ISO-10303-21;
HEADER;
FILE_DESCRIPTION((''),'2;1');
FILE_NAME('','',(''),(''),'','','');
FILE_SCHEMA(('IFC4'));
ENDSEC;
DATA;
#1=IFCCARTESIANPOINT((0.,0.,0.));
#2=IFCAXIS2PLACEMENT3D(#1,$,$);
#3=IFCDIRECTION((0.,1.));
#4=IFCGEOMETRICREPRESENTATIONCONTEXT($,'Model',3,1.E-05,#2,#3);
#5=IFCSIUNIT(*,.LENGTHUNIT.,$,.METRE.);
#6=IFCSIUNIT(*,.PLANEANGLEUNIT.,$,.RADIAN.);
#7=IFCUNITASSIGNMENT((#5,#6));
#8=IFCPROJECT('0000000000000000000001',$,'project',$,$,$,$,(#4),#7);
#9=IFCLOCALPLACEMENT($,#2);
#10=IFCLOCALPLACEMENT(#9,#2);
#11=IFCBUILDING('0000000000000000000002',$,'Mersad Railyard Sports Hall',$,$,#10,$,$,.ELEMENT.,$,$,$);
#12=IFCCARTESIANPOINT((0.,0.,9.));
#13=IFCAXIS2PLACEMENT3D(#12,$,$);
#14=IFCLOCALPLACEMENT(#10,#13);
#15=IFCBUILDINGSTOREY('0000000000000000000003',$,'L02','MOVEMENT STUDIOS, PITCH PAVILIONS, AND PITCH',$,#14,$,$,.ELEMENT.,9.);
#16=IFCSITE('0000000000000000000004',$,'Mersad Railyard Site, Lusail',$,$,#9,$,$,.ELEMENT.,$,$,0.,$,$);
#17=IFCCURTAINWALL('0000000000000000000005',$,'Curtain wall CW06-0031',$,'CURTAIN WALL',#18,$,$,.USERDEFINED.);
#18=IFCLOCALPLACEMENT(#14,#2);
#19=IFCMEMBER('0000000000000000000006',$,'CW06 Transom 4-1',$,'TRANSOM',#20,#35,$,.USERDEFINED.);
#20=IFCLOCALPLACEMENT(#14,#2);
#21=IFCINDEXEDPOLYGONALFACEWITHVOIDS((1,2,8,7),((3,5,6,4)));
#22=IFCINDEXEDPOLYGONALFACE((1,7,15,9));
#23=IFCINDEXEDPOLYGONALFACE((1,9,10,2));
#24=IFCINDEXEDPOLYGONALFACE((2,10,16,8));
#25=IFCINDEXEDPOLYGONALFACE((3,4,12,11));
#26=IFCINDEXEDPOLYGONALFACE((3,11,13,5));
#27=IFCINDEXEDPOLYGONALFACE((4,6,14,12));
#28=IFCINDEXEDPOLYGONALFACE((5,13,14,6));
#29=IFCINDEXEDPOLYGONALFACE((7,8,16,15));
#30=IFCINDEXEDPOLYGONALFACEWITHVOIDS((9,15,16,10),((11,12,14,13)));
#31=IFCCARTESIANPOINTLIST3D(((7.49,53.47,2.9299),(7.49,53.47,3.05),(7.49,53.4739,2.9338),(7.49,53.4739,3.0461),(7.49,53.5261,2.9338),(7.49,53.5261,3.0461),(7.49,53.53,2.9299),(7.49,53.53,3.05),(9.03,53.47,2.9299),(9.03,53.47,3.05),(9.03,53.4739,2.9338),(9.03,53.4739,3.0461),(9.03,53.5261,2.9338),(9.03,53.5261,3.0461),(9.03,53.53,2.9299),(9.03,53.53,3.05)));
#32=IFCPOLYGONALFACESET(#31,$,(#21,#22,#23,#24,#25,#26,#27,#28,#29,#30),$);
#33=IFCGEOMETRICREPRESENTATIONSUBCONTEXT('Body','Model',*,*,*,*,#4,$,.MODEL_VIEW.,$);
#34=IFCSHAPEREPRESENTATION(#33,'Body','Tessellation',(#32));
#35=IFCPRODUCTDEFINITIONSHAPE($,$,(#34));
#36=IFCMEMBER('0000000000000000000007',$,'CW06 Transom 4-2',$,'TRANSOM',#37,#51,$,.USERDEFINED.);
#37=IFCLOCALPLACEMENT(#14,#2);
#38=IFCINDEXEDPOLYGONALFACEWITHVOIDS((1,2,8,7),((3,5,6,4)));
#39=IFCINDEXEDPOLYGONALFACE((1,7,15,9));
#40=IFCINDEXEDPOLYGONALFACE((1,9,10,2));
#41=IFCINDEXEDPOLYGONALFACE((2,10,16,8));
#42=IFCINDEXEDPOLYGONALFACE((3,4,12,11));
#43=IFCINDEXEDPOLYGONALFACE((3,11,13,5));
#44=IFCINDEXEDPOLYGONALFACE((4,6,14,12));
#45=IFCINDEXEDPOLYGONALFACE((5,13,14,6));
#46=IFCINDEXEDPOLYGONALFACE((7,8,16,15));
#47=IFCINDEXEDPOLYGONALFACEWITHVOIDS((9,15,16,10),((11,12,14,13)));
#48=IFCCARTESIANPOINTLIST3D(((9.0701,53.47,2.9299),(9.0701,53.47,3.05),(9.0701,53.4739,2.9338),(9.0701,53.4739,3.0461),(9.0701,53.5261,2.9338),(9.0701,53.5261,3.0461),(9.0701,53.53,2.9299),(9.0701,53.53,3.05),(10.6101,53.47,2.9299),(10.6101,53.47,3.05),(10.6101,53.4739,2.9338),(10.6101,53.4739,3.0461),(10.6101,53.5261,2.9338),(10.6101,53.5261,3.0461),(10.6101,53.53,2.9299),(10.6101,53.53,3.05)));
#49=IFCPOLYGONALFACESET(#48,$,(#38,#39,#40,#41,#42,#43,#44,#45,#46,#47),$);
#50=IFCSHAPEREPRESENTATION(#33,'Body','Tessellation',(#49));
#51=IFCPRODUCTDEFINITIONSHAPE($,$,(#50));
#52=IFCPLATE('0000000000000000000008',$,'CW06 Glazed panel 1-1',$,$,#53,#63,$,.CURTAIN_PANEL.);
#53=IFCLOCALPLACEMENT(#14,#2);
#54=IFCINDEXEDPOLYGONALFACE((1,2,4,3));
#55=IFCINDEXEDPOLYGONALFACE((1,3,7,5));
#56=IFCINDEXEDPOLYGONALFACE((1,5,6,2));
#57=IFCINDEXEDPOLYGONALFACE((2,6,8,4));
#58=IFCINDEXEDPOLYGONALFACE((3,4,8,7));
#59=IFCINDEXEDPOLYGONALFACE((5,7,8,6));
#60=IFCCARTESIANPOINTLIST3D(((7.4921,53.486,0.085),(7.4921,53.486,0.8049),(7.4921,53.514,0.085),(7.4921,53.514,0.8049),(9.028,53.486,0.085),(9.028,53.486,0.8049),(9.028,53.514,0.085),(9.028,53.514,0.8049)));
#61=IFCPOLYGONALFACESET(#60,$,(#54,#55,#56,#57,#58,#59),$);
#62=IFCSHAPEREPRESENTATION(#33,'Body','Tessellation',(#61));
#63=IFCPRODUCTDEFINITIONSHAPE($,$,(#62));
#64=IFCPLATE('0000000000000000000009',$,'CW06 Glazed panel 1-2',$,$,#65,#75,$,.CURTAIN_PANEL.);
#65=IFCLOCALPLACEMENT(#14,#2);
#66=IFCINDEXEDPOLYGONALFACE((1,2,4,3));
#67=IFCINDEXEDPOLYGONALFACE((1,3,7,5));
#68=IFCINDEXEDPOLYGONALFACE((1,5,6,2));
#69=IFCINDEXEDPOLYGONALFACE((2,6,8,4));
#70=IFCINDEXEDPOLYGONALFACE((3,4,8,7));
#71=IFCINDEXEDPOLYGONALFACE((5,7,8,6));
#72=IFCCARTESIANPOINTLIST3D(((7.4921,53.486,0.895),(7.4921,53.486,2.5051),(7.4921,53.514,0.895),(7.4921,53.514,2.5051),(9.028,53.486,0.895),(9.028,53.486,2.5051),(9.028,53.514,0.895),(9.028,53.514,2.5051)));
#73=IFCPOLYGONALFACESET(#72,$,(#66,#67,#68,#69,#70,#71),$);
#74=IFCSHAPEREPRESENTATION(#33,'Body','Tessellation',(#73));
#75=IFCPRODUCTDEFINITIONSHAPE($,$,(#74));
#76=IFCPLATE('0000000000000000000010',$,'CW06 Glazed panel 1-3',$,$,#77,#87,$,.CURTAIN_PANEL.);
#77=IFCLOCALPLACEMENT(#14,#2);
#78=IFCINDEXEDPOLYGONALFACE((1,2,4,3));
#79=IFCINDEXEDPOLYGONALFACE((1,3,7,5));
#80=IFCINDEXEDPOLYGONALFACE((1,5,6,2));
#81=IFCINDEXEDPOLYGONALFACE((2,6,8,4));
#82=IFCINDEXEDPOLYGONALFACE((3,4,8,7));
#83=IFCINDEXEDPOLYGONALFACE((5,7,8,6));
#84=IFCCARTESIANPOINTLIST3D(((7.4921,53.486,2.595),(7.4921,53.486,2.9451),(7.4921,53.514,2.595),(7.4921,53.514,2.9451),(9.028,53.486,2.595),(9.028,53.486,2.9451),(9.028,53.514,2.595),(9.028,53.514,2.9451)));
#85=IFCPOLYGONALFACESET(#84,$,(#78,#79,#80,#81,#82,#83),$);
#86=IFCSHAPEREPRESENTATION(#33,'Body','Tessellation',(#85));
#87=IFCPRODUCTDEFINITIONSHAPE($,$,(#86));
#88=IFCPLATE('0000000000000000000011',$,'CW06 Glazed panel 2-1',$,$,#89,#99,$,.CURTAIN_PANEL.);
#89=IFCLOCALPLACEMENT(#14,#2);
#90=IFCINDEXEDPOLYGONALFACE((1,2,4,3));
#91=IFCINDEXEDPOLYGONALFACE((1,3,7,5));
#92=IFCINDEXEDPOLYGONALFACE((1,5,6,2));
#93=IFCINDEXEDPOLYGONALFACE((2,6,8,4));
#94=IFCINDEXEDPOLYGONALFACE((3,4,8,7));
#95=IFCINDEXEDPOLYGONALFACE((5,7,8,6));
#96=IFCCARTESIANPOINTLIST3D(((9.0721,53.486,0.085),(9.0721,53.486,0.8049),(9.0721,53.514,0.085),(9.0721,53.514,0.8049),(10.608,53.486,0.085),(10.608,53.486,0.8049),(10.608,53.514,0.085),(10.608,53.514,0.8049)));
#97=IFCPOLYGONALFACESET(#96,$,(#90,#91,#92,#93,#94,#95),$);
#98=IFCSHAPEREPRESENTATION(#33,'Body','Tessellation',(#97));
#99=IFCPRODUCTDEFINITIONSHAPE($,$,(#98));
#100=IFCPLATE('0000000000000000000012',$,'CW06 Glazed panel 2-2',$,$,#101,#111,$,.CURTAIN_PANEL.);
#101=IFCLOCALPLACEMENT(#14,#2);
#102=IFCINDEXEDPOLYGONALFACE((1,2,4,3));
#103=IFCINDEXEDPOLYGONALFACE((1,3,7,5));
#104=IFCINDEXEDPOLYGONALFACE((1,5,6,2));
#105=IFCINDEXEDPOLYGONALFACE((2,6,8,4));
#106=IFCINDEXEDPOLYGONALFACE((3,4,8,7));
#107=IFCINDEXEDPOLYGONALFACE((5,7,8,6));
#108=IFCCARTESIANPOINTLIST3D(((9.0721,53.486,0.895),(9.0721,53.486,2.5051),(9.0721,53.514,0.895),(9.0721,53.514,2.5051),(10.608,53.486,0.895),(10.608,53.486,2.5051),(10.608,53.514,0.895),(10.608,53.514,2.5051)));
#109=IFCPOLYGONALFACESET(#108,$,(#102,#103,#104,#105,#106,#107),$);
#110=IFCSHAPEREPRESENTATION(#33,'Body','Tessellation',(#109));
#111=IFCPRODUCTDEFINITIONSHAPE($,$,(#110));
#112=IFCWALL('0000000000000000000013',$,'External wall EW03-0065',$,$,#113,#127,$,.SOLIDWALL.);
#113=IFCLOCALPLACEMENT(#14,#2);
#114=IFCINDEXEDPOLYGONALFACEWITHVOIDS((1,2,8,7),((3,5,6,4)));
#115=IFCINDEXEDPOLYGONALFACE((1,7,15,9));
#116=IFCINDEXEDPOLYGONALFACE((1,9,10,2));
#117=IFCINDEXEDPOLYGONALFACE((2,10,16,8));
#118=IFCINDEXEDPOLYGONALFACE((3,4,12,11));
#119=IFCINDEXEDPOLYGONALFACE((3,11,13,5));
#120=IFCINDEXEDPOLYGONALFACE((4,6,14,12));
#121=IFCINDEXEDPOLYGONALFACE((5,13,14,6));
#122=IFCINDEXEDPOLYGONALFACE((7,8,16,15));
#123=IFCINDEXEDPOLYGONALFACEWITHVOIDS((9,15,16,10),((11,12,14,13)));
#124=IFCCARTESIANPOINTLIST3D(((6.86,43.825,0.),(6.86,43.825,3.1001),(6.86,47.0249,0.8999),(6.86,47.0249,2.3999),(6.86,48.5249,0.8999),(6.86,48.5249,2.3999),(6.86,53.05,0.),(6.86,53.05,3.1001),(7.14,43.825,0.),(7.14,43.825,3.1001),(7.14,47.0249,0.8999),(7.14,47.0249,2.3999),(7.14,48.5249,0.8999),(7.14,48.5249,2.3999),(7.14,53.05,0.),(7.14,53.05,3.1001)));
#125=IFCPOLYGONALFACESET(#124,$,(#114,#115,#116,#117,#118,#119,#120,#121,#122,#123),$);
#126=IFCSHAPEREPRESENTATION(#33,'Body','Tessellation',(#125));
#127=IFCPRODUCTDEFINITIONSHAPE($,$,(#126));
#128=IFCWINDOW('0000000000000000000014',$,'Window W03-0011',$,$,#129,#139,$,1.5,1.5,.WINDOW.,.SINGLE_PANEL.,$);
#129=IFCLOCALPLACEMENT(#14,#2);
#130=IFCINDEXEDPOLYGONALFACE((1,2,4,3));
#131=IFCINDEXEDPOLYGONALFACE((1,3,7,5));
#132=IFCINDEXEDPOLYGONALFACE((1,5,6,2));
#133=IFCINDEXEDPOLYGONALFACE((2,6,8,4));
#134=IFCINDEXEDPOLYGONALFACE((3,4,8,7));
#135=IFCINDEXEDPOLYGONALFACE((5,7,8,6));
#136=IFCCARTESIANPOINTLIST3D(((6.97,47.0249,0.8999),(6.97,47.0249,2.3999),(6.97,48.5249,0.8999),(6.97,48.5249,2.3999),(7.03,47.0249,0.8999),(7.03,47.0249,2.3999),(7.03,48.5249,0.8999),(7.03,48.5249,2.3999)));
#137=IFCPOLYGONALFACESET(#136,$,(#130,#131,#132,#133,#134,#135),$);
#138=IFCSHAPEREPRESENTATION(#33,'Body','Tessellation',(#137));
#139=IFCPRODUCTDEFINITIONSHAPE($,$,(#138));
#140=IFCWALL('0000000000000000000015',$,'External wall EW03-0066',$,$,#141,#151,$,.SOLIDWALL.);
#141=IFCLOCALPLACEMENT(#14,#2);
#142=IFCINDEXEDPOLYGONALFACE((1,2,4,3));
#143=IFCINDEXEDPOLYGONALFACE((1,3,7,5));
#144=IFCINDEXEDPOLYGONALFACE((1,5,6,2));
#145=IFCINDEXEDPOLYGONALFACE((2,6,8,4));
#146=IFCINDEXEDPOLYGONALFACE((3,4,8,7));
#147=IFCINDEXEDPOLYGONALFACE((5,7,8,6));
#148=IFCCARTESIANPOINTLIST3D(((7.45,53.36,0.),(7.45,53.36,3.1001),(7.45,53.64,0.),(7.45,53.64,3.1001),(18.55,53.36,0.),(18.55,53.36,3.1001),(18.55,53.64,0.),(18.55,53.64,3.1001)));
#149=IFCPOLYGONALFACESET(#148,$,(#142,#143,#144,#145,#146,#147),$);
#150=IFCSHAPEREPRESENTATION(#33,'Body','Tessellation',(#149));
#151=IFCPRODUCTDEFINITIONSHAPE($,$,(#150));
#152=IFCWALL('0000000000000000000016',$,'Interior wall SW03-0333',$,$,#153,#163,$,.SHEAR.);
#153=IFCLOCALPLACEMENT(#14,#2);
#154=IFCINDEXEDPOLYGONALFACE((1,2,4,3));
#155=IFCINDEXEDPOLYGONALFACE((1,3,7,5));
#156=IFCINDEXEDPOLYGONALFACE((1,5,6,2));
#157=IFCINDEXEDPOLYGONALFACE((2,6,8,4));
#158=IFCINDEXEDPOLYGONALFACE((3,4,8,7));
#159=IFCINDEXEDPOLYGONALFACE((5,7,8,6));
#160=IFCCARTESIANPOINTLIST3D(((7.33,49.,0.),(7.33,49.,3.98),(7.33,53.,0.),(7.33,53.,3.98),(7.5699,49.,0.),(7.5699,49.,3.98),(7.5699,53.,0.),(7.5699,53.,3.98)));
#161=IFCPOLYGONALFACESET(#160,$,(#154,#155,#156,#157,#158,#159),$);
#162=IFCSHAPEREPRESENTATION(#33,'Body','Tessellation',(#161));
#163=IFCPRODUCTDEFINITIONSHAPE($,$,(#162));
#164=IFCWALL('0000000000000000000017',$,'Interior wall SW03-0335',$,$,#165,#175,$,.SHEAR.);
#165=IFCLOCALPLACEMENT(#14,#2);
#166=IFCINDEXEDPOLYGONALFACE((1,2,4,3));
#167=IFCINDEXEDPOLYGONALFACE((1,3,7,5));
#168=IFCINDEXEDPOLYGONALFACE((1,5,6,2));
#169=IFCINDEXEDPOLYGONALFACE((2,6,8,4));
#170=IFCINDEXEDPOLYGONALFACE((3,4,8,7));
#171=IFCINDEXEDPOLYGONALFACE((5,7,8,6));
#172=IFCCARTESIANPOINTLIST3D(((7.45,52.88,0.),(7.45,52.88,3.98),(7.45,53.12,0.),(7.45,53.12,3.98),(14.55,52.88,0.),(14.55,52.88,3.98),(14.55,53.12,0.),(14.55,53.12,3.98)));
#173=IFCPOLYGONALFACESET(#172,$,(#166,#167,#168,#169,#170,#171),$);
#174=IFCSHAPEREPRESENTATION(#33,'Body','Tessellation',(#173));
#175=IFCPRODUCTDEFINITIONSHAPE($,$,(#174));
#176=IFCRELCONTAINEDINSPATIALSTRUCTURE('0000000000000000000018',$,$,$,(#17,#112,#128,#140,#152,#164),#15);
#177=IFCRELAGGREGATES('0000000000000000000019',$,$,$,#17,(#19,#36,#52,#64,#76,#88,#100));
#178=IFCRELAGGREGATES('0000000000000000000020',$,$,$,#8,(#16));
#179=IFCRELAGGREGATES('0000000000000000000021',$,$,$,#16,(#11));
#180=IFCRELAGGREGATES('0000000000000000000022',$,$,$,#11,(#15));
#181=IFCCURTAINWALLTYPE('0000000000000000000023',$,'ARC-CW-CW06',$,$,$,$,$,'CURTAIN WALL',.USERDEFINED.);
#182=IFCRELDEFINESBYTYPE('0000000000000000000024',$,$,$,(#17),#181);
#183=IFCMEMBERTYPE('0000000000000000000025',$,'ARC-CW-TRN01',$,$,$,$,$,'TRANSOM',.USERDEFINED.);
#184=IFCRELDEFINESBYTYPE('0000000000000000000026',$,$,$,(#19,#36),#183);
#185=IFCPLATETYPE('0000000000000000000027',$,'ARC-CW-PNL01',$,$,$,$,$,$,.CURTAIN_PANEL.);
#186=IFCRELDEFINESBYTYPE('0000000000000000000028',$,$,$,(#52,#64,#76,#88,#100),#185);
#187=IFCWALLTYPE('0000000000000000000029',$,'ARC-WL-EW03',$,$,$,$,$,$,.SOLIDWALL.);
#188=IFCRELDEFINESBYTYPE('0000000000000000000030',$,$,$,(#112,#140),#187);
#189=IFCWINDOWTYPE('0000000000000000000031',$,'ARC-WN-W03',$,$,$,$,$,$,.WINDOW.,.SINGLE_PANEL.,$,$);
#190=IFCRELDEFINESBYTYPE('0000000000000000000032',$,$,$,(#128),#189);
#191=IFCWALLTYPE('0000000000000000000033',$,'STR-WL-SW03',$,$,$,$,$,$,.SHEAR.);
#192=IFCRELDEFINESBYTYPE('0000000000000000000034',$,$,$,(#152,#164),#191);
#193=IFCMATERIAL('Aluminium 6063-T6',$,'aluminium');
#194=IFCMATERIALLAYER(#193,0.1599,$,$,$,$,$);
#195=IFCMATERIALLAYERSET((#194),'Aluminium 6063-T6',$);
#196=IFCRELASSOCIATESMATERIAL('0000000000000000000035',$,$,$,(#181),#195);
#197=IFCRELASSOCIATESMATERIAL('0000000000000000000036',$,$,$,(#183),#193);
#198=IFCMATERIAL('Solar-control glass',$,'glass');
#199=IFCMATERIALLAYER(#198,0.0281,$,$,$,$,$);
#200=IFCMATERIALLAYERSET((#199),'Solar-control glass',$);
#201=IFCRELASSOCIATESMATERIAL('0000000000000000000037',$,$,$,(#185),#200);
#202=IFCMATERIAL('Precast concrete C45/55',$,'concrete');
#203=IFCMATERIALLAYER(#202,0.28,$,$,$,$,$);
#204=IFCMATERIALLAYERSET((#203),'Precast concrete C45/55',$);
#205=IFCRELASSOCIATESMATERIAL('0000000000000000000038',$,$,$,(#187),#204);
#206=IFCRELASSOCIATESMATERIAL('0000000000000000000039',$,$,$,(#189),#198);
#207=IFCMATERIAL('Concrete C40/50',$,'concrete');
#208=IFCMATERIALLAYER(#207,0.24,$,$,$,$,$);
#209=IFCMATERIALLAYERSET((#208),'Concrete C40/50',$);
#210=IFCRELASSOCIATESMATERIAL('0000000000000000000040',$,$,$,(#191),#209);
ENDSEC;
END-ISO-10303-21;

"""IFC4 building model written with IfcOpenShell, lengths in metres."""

from ifc_helpers import new_model, si_unit, direction, frame, frame_2d, origin, origin_2d, place, context, subcontext, project, spatial, rectangle, hollow_rectangle, extrude, material, layer, layer_set, material_profile, profile_set, type_object, element, fill, aggregate, save


model = new_model("IFC4")

# Units and contexts
model_context = context("Model", 3, precision=1e-05, world=origin(), true_north=direction((0.0, 1.0)))
body_context = subcontext(model_context, "Body", "Model", "MODEL_VIEW")
ifc_project = project(units=[si_unit("LENGTHUNIT", "METRE"), si_unit("PLANEANGLEUNIT", "RADIAN")], contexts=[model_context])

# Site, building, storey
site_placement = place(None, origin())
site = spatial("IfcSite", under=ifc_project, at=site_placement, Name="Mersad Railyard Site, Lusail", CompositionType="ELEMENT", RefElevation=0.0)
building_placement = place(site_placement, origin())
building = spatial("IfcBuilding", under=site, at=building_placement, Name="Mersad Railyard Sports Hall", CompositionType="ELEMENT")
storey_placement = place(building_placement, frame((0.0, 0.0, 9.0)))
storey = spatial("IfcBuildingStorey", under=building, at=storey_placement, Name="L02", Description="MOVEMENT STUDIOS, PITCH PAVILIONS, AND PITCH", CompositionType="ELEMENT", Elevation=9.0)

# Curtain wall, members, plates
ifc_material_1 = material(Name="Aluminium 6063-T6", Category="aluminium")
ifc_layer_1 = layer(ifc_material_1, 0.1599)
ifc_layer_set_1 = layer_set([ifc_layer_1], Name="Aluminium 6063-T6")
curtain_wall_type = type_object("IfcCurtainWallType", Name="ARC-CW-CW06", ElementType="CURTAIN WALL", PredefinedType="USERDEFINED", material=ifc_layer_set_1)
curtain_wall_placement = place(storey_placement, origin())
curtain_wall = element("IfcCurtainWall", 1, at=curtain_wall_placement, inside=storey, type_object=curtain_wall_type, Name="Curtain wall CW06-0031", ObjectType="CURTAIN WALL", PredefinedType="USERDEFINED")
ifc_material_profile_1 = material_profile(ifc_material_1, hollow_rectangle(XDim=0.0601, YDim=0.1201, WallThickness=0.0039, at=origin_2d()), Name="AL TRANSOM 60x120x4")
ifc_profile_set_1 = profile_set([ifc_material_profile_1], Name="Aluminium 6063-T6")
member_type_1 = type_object("IfcMemberType", Name="ARC-CW-TRN01", ElementType="TRANSOM", PredefinedType="USERDEFINED", material=ifc_profile_set_1)
member_1_placement = place(storey_placement, frame((7.49, 53.5, 2.99), z_axis=(1.0, 0.0, 0.0), x_axis=(0.0, 1.0, 0.0)))
member_1 = element("IfcMember", 2, at=member_1_placement, type_object=member_type_1, Name="CW06 Transom 4-1", ObjectType="TRANSOM", PredefinedType="USERDEFINED", context=body_context, shape_type="SweptSolid", body=[
    extrude(hollow_rectangle(XDim=0.0601, YDim=0.1201, WallThickness=0.0039, at=origin_2d()), origin(), (0.0, 0.0, 1.0), 1.54),
])
member_2_placement = place(storey_placement, frame((9.0701, 53.5, 2.99), z_axis=(1.0, 0.0, 0.0), x_axis=(0.0, 1.0, 0.0)))
member_2 = element("IfcMember", 3, at=member_2_placement, type_object=member_type_1, Name="CW06 Transom 4-2", ObjectType="TRANSOM", PredefinedType="USERDEFINED", context=body_context, shape_type="SweptSolid", body=[
    extrude(hollow_rectangle(XDim=0.0601, YDim=0.1201, WallThickness=0.0039, at=origin_2d()), origin(), (0.0, 0.0, 1.0), 1.54),
])
ifc_material_2 = material(Name="Solar-control glass", Category="glass")
ifc_layer_2 = layer(ifc_material_2, 0.0281)
ifc_layer_set_2 = layer_set([ifc_layer_2], Name="Solar-control glass")
plate_type = type_object("IfcPlateType", Name="ARC-CW-PNL01", PredefinedType="CURTAIN_PANEL", material=ifc_layer_set_2)
plate_1_placement = place(storey_placement, frame((8.26, 53.5, 0.085), z_axis=(0.0, 0.0, 1.0), x_axis=(1.0, 0.0, 0.0)))
plate_1 = element("IfcPlate", 4, at=plate_1_placement, type_object=plate_type, Name="CW06 Glazed panel 1-1", PredefinedType="CURTAIN_PANEL", context=body_context, shape_type="SweptSolid", body=[
    extrude(rectangle(XDim=1.5359, YDim=0.0281, at=origin_2d()), origin(), (0.0, 0.0, 1.0), 0.72),
])
plate_2_placement = place(storey_placement, frame((8.26, 53.5, 0.895), z_axis=(0.0, 0.0, 1.0), x_axis=(1.0, 0.0, 0.0)))
plate_2 = element("IfcPlate", 5, at=plate_2_placement, type_object=plate_type, Name="CW06 Glazed panel 1-2", PredefinedType="CURTAIN_PANEL", context=body_context, shape_type="SweptSolid", body=[
    extrude(rectangle(XDim=1.5359, YDim=0.0281, at=origin_2d()), origin(), (0.0, 0.0, 1.0), 1.6101),
])
plate_3_placement = place(storey_placement, frame((8.26, 53.5, 2.595), z_axis=(0.0, 0.0, 1.0), x_axis=(1.0, 0.0, 0.0)))
plate_3 = element("IfcPlate", 6, at=plate_3_placement, type_object=plate_type, Name="CW06 Glazed panel 1-3", PredefinedType="CURTAIN_PANEL", context=body_context, shape_type="SweptSolid", body=[
    extrude(rectangle(XDim=1.5359, YDim=0.0281, at=origin_2d()), origin(), (0.0, 0.0, 1.0), 0.3501),
])
plate_4_placement = place(storey_placement, frame((9.8401, 53.5, 0.085), z_axis=(0.0, 0.0, 1.0), x_axis=(1.0, 0.0, 0.0)))
plate_4 = element("IfcPlate", 7, at=plate_4_placement, type_object=plate_type, Name="CW06 Glazed panel 2-1", PredefinedType="CURTAIN_PANEL", context=body_context, shape_type="SweptSolid", body=[
    extrude(rectangle(XDim=1.5359, YDim=0.0281, at=origin_2d()), origin(), (0.0, 0.0, 1.0), 0.72),
])
plate_5_placement = place(storey_placement, frame((9.8401, 53.5, 0.895), z_axis=(0.0, 0.0, 1.0), x_axis=(1.0, 0.0, 0.0)))
plate_5 = element("IfcPlate", 8, at=plate_5_placement, type_object=plate_type, Name="CW06 Glazed panel 2-2", PredefinedType="CURTAIN_PANEL", context=body_context, shape_type="SweptSolid", body=[
    extrude(rectangle(XDim=1.5359, YDim=0.0281, at=origin_2d()), origin(), (0.0, 0.0, 1.0), 1.6101),
])
aggregate(curtain_wall, [member_1, member_2, plate_1, plate_2, plate_3, plate_4, plate_5])

# Wall, opening, window
ifc_material_3 = material(Name="Precast concrete C45/55", Category="concrete")
ifc_layer_3 = layer(ifc_material_3, 0.28)
ifc_layer_set_3 = layer_set([ifc_layer_3], Name="Precast concrete C45/55")
wall_type_1 = type_object("IfcWallType", Name="ARC-WL-EW03", PredefinedType="SOLIDWALL", material=ifc_layer_set_3)
wall_1_placement = place(storey_placement, frame((7.0, 43.825, 0.0), z_axis=(0.0, 0.0, 1.0), x_axis=(0.0, 1.0, 0.0)))
wall_1 = element("IfcWall", 9, at=wall_1_placement, inside=storey, type_object=wall_type_1, Name="External wall EW03-0065", PredefinedType="SOLIDWALL", context=body_context, shape_type="SweptSolid", body=[
    extrude(rectangle(XDim=9.2251, YDim=0.28, at=frame_2d((4.6125, 0.0))), origin(), (0.0, 0.0, 1.0), 3.1001),
])
opening_1_placement = place(wall_1_placement, frame((3.2, 0.0, 0.8999)))
opening_1 = element("IfcOpeningElement", 10, at=opening_1_placement, cuts=wall_1, PredefinedType="OPENING", context=body_context, shape_type="SweptSolid", body=[
    extrude(rectangle(XDim=1.5, YDim=1.5, at=frame_2d((0.75, 0.75))), frame((0.0, 0.1499, 0.0), z_axis=(0.0, -1.0, 0.0), x_axis=(1.0, 0.0, 0.0)), (0.0, 0.0, 1.0), 0.3),
])
window_type = type_object("IfcWindowType", Name="ARC-WN-W03", PartitioningType="SINGLE_PANEL", PredefinedType="WINDOW", material=ifc_material_2)
window_placement = place(opening_1_placement, origin())
window = element("IfcWindow", 11, at=window_placement, inside=storey, type_object=window_type, Name="Window W03-0011", OverallHeight=1.5, OverallWidth=1.5, PartitioningType="SINGLE_PANEL", PredefinedType="WINDOW", context=body_context, shape_type="SweptSolid", body=[
    extrude(rectangle(XDim=1.5, YDim=1.5, at=frame_2d((0.75, 0.75))), frame((0.0, 0.03, 0.0), z_axis=(0.0, -1.0, 0.0), x_axis=(1.0, 0.0, 0.0)), (0.0, 0.0, 1.0), 0.0601),
])
fill(opening_1, window)

# Walls
wall_2_placement = place(storey_placement, frame((7.45, 53.5, 0.0), z_axis=(0.0, 0.0, 1.0), x_axis=(1.0, 0.0, 0.0)))
element("IfcWall", 12, at=wall_2_placement, inside=storey, type_object=wall_type_1, Name="External wall EW03-0066", PredefinedType="SOLIDWALL", context=body_context, shape_type="SweptSolid", body=[
    extrude(rectangle(XDim=11.1001, YDim=0.28, at=frame_2d((5.55, 0.0))), origin(), (0.0, 0.0, 1.0), 3.1001),
])
ifc_material_4 = material(Name="Concrete C40/50", Category="concrete")
ifc_layer_4 = layer(ifc_material_4, 0.24)
ifc_layer_set_4 = layer_set([ifc_layer_4], Name="Concrete C40/50")
wall_type_2 = type_object("IfcWallType", Name="STR-WL-SW03", PredefinedType="SHEAR", material=ifc_layer_set_4)
wall_3_placement = place(storey_placement, frame((7.45, 49.0, 0.0), z_axis=(0.0, 0.0, 1.0), x_axis=(0.0, 1.0, 0.0)))
element("IfcWall", 13, at=wall_3_placement, inside=storey, type_object=wall_type_2, Name="Interior wall SW03-0333", PredefinedType="SHEAR", context=body_context, shape_type="SweptSolid", body=[
    extrude(rectangle(XDim=4.0, YDim=0.24, at=frame_2d((2.0, 0.0))), origin(), (0.0, 0.0, 1.0), 3.98),
])
wall_4_placement = place(storey_placement, frame((7.45, 53.0, 0.0), z_axis=(0.0, 0.0, 1.0), x_axis=(1.0, 0.0, 0.0)))
element("IfcWall", 14, at=wall_4_placement, inside=storey, type_object=wall_type_2, Name="Interior wall SW03-0335", PredefinedType="SHEAR", context=body_context, shape_type="SweptSolid", body=[
    extrude(rectangle(XDim=7.1001, YDim=0.24, at=frame_2d((3.55, 0.0))), origin(), (0.0, 0.0, 1.0), 3.98),
])

save(model, "model.ifc")
